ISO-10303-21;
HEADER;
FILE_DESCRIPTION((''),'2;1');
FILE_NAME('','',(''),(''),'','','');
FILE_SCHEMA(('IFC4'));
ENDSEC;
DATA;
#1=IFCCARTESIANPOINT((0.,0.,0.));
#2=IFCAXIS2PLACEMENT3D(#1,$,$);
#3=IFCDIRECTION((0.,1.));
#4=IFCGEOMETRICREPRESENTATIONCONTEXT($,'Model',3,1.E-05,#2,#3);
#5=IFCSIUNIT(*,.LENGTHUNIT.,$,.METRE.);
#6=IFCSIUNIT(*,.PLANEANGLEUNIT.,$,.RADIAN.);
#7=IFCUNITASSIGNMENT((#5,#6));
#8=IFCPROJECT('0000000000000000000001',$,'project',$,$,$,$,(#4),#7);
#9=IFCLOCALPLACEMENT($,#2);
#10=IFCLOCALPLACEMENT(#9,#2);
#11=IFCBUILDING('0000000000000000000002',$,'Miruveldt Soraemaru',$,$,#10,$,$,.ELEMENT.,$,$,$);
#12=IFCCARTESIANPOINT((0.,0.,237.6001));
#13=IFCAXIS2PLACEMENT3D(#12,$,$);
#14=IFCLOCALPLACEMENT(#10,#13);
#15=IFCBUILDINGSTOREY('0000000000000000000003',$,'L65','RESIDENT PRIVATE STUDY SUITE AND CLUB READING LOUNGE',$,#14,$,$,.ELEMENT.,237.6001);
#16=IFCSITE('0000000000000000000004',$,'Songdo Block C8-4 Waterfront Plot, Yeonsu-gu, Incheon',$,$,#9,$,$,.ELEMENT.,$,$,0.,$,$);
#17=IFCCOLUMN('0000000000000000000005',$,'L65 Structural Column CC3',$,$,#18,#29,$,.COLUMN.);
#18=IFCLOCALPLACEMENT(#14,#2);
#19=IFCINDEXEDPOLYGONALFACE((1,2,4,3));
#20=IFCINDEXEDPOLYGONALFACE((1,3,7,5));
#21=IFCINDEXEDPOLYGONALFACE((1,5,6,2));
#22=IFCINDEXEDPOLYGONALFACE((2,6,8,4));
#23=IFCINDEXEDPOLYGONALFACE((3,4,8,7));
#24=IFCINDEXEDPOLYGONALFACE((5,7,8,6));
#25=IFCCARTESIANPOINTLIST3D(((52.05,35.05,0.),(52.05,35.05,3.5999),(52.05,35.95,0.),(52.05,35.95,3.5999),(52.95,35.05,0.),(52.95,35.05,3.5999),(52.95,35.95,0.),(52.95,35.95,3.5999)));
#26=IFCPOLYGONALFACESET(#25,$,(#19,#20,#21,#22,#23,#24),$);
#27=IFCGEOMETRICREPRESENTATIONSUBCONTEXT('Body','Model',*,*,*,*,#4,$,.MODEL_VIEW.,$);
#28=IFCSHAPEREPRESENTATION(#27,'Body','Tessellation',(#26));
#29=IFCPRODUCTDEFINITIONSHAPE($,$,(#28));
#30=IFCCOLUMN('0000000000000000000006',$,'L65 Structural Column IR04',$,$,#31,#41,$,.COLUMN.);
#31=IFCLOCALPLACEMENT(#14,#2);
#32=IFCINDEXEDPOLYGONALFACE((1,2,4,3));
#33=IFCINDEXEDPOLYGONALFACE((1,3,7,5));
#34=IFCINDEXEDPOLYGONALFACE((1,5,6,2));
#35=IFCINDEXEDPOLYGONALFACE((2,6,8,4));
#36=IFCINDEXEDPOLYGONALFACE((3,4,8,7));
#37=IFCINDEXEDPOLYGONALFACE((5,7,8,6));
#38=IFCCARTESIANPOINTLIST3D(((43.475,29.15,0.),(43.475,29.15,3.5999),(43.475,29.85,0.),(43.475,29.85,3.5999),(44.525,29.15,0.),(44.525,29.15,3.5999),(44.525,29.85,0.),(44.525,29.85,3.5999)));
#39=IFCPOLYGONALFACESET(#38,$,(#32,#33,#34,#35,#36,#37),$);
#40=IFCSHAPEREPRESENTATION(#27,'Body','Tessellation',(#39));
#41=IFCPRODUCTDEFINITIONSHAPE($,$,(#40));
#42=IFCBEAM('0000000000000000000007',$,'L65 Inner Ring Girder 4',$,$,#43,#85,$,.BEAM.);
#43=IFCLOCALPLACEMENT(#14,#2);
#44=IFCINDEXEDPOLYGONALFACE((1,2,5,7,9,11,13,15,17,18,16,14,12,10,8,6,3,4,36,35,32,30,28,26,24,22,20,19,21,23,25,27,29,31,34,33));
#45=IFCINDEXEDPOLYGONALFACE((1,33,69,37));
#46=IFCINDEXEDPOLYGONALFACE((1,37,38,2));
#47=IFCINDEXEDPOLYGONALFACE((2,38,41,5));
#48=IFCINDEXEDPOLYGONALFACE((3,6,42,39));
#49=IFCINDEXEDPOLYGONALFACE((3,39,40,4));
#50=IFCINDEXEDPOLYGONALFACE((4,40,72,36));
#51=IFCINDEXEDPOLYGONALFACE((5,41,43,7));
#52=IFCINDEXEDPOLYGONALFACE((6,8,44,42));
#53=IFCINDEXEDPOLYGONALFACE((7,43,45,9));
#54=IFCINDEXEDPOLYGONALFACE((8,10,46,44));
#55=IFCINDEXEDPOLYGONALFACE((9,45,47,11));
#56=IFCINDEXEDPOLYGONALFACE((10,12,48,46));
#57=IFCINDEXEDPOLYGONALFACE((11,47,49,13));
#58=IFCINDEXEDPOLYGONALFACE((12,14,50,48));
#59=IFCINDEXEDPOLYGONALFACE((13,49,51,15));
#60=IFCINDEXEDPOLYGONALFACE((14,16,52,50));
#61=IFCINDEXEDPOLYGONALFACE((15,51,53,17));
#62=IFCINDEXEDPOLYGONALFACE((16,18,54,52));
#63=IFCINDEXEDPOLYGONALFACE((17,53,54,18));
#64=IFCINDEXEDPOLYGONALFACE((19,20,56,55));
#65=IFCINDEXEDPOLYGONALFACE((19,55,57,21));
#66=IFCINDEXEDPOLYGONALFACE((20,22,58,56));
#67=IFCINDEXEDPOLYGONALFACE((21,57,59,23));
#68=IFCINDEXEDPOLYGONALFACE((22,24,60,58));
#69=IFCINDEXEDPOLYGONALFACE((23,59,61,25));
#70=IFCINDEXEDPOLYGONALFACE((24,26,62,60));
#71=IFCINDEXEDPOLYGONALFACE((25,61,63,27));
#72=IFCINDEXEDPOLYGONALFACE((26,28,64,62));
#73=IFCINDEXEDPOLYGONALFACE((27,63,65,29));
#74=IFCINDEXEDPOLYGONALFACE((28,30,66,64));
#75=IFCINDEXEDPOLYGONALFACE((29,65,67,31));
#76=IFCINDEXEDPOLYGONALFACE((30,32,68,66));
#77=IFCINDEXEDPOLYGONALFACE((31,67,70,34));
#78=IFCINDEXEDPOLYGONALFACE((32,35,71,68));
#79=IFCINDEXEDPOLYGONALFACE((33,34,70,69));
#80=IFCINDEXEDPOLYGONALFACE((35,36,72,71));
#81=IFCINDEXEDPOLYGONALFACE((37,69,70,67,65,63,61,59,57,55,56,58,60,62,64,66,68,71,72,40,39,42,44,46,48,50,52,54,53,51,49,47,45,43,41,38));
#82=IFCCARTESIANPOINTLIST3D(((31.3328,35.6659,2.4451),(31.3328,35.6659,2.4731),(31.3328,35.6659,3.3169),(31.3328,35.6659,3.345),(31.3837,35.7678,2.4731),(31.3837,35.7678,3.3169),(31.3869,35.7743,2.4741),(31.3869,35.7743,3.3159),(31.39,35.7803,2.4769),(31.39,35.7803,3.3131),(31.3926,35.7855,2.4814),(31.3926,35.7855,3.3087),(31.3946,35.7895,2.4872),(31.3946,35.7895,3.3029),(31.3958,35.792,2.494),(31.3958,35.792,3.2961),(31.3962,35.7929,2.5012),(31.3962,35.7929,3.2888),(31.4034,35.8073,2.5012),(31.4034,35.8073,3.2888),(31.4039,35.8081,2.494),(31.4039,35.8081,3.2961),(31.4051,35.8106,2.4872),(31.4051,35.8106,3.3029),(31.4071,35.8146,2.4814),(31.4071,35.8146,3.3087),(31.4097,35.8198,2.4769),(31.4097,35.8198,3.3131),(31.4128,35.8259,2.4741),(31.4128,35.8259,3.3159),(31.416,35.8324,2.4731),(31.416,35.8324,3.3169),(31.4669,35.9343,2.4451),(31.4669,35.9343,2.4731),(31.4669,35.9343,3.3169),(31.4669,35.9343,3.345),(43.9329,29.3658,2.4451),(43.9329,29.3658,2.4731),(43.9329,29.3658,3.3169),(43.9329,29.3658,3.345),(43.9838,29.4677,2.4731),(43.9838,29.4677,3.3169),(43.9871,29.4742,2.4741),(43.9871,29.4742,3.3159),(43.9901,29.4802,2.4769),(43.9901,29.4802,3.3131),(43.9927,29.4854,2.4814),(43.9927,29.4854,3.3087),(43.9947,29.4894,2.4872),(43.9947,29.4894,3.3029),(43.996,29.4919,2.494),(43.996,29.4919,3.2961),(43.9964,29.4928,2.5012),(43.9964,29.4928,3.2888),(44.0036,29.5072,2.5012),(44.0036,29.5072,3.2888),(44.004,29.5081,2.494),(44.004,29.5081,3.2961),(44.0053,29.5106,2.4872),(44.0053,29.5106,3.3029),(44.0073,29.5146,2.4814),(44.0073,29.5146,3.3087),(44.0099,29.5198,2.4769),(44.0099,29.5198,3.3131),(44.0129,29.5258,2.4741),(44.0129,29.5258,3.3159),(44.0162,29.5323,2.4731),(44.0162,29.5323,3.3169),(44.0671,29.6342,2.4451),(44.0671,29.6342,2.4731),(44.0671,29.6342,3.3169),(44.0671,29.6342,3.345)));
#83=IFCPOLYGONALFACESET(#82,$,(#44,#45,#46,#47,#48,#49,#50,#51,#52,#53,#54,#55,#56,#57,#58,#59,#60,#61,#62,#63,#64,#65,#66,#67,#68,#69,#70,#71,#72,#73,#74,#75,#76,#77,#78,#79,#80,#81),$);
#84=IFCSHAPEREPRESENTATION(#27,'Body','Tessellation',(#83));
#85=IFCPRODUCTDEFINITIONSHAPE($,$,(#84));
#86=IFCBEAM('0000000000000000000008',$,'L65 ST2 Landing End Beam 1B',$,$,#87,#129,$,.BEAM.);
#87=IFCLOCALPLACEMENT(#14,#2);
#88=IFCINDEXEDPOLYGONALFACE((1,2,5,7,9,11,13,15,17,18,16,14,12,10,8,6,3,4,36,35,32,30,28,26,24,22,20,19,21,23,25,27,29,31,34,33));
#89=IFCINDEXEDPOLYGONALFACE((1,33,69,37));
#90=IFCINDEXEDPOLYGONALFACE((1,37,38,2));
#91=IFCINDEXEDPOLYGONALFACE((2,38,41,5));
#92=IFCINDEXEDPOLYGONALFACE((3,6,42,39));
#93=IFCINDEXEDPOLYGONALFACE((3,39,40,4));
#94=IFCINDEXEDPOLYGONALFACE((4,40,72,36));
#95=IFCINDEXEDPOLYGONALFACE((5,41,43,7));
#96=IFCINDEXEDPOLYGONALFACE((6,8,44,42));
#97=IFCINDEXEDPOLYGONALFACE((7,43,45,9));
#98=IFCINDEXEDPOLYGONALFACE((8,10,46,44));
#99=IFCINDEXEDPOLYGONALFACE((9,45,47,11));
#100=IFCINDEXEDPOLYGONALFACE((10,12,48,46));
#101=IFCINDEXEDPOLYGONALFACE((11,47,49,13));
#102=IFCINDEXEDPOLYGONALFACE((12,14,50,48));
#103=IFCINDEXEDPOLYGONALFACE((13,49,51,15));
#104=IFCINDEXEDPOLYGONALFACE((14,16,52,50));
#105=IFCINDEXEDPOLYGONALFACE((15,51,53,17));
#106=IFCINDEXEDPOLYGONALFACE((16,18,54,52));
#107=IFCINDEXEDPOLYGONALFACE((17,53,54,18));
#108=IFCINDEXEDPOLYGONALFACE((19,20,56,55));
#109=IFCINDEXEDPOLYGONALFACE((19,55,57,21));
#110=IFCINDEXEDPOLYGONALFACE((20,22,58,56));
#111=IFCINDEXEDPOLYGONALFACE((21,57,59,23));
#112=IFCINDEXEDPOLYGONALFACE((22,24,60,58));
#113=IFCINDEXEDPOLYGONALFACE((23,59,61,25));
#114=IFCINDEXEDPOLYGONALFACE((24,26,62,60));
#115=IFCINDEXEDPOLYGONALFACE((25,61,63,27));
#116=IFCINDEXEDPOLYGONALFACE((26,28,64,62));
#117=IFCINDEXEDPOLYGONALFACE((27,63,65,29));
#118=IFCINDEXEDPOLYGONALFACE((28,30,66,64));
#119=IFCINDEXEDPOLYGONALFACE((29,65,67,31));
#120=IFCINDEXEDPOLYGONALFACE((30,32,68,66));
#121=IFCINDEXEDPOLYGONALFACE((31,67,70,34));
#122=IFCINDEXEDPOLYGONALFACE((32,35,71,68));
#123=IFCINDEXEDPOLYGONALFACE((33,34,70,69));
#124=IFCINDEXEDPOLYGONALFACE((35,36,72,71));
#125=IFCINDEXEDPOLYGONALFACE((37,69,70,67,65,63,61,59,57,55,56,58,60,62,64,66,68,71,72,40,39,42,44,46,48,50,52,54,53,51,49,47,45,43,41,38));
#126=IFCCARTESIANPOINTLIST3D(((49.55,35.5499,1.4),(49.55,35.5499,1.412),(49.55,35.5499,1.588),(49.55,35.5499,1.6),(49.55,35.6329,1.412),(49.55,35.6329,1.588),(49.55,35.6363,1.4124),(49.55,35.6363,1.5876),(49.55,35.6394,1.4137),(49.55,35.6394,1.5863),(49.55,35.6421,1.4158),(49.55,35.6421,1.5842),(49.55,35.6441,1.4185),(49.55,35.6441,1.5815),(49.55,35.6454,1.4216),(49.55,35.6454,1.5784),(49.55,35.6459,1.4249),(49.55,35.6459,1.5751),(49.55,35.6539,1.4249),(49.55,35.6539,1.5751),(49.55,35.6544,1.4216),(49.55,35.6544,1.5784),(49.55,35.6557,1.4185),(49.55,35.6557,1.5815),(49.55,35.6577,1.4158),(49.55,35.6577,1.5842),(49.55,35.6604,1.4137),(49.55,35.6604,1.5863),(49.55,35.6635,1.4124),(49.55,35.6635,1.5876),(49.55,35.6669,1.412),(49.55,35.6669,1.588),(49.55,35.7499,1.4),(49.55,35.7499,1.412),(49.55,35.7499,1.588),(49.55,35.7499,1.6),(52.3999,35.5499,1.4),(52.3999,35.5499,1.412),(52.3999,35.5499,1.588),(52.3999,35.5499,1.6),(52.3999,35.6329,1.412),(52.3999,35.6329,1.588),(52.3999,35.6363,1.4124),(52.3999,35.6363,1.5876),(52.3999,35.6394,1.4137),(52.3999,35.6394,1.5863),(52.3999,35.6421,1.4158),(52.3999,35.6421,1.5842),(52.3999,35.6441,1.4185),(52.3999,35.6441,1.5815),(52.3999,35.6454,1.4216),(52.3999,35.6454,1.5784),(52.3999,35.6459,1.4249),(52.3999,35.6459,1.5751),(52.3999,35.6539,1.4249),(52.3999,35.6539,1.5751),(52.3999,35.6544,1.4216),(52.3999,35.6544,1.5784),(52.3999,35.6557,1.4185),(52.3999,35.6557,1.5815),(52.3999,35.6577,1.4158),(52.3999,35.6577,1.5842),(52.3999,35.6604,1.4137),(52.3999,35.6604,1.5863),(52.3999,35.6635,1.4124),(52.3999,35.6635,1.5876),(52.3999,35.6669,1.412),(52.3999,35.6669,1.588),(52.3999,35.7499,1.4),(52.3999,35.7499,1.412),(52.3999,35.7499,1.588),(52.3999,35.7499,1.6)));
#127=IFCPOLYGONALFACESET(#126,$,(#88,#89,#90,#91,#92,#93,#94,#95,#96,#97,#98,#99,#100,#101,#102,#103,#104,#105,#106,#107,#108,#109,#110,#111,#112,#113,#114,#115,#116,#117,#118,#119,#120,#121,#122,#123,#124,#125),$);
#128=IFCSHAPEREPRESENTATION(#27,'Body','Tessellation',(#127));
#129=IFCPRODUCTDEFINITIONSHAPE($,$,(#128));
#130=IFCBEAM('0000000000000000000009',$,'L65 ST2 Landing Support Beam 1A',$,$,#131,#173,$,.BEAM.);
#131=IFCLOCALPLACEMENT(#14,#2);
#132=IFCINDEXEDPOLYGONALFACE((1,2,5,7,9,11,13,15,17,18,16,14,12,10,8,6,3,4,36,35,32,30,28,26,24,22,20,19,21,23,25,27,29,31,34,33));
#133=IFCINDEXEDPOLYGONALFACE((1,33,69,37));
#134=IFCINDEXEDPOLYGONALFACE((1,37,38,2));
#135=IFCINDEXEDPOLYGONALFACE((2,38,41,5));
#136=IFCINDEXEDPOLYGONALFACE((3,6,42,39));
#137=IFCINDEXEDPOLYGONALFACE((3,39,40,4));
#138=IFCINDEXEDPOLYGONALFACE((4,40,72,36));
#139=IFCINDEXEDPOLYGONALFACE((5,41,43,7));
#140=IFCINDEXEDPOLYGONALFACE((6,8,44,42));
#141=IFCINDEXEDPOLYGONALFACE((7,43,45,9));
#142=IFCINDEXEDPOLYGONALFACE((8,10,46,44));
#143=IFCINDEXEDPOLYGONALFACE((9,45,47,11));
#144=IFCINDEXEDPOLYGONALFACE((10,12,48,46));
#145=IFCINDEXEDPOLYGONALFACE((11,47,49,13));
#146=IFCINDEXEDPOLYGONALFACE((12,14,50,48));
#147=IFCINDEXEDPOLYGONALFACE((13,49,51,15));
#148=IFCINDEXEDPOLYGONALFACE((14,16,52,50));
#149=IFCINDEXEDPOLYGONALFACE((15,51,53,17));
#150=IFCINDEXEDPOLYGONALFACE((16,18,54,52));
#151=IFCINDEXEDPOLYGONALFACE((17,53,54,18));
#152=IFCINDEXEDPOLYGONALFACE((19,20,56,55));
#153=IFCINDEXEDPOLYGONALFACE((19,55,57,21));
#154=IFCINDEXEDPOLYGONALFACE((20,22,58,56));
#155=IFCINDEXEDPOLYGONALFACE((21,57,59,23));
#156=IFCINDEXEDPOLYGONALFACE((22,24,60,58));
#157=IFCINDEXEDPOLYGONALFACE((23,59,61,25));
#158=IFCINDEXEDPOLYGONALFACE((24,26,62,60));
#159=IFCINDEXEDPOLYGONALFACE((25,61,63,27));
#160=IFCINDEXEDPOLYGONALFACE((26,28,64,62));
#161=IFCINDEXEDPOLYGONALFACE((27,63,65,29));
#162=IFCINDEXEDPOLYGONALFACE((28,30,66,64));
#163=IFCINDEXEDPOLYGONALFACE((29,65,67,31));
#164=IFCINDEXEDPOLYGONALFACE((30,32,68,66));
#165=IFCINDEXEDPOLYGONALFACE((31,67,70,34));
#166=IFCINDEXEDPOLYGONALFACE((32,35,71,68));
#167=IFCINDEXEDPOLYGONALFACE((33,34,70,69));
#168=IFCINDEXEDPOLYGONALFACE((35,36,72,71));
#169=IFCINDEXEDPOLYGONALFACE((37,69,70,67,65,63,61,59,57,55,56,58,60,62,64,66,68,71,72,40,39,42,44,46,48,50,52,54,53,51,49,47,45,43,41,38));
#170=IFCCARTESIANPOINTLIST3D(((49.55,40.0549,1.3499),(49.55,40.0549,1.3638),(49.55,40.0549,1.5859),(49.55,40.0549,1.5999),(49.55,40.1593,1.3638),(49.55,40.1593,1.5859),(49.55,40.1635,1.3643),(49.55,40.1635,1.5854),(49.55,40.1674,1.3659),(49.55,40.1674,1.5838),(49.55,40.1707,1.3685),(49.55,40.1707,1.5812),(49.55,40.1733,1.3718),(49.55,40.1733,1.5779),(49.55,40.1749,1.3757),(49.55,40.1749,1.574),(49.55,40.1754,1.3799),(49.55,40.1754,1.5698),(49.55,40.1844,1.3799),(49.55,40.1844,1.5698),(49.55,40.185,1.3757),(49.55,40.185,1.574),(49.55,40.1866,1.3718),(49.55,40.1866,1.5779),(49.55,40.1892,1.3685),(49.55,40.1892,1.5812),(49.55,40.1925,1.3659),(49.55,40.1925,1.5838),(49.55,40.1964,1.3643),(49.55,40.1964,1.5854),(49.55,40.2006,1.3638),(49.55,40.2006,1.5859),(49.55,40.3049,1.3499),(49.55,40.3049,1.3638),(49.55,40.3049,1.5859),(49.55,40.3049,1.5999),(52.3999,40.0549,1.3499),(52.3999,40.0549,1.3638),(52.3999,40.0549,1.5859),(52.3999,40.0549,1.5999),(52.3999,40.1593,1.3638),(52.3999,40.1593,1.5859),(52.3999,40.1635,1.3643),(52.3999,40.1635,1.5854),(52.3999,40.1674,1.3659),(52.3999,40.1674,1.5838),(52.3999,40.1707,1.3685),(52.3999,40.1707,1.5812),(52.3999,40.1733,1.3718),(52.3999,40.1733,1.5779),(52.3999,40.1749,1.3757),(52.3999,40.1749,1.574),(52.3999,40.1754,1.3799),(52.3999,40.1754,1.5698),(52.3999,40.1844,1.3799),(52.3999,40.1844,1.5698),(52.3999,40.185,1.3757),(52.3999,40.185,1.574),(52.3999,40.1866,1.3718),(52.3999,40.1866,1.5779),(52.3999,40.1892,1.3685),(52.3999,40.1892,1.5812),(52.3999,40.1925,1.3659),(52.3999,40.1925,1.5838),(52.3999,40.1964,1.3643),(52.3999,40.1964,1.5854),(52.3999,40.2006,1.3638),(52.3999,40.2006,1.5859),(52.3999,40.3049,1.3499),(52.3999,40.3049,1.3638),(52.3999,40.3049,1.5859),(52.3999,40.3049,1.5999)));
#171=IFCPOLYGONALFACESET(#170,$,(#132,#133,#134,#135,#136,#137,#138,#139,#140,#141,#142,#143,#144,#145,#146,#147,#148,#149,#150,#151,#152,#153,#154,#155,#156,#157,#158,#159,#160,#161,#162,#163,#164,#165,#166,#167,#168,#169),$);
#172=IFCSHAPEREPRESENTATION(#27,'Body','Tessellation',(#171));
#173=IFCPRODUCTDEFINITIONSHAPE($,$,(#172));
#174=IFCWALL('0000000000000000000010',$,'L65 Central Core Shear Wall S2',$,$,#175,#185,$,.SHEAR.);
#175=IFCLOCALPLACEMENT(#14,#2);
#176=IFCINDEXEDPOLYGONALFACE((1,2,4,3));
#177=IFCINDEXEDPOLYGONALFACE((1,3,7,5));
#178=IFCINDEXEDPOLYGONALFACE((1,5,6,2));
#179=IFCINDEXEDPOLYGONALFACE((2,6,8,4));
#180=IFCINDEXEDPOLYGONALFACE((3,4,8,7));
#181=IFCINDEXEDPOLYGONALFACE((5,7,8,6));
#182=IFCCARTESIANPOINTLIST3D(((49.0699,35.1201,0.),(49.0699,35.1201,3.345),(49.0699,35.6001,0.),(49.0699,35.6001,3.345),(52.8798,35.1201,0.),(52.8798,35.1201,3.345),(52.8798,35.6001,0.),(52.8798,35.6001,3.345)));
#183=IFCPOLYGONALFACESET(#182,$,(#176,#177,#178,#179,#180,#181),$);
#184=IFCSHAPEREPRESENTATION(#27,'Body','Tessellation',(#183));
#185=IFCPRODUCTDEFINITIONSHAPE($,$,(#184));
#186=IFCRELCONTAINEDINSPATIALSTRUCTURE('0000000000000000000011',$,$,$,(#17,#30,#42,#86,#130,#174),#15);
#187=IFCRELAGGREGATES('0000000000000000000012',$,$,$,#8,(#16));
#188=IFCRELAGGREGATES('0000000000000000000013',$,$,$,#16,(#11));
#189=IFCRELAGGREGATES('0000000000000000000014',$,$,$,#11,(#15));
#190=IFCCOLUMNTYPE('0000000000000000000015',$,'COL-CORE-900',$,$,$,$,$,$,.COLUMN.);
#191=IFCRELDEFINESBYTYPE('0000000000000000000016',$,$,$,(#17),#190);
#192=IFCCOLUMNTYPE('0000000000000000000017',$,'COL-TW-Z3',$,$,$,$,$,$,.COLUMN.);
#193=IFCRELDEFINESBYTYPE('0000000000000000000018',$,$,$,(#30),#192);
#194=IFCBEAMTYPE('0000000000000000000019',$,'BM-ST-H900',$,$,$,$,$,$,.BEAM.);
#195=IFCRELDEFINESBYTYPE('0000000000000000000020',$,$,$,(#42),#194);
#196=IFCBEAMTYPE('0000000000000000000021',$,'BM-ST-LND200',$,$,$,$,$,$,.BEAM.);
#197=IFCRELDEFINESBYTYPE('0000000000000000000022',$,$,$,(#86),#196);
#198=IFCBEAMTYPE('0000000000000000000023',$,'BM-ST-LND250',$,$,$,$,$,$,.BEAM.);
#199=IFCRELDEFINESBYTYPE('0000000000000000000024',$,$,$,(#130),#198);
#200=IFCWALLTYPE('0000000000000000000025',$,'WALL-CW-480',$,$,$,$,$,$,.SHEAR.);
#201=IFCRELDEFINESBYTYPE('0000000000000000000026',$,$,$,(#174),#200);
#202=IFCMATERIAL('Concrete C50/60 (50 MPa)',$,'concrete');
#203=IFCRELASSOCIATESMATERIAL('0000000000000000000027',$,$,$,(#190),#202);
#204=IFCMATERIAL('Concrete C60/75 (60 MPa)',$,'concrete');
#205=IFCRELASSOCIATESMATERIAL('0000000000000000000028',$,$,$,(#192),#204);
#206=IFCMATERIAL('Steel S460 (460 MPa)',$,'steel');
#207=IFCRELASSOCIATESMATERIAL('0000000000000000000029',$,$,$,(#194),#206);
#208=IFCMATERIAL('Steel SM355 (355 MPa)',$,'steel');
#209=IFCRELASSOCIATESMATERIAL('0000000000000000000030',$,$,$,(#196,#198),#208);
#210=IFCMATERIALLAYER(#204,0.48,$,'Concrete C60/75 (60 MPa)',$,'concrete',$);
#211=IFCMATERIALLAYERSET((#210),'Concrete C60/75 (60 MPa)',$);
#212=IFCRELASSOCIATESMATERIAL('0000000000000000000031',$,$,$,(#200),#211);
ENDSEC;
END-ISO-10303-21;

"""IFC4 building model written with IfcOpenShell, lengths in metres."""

from ifc_helpers import new_model, si_unit, direction, frame, frame_2d, origin, origin_2d, place, context, subcontext, project, spatial, rectangle, i_section, extrude, material, layer, layer_set, material_profile, profile_set, type_object, element, save


model = new_model("IFC4")

# Units and contexts
model_context = context("Model", 3, precision=1e-05, world=origin(), true_north=direction((0.0, 1.0)))
body_context = subcontext(model_context, "Body", "Model", "MODEL_VIEW")
ifc_project = project(units=[si_unit("LENGTHUNIT", "METRE"), si_unit("PLANEANGLEUNIT", "RADIAN")], contexts=[model_context])

# Site, building, storey
site_placement = place(None, origin())
site = spatial("IfcSite", under=ifc_project, at=site_placement, Name="Songdo Block C8-4 Waterfront Plot, Yeonsu-gu, Incheon", CompositionType="ELEMENT", RefElevation=0.0)
building_placement = place(site_placement, origin())
building = spatial("IfcBuilding", under=site, at=building_placement, Name="Miruveldt Soraemaru", CompositionType="ELEMENT")
storey_placement = place(building_placement, frame((0.0, 0.0, 237.6001)))
storey = spatial("IfcBuildingStorey", under=building, at=storey_placement, Name="L65", Description="RESIDENT PRIVATE STUDY SUITE AND CLUB READING LOUNGE", CompositionType="ELEMENT", Elevation=237.6001)

# Columns
ifc_material_1 = material(Name="Concrete C50/60 (50 MPa)", Category="concrete")
ifc_material_profile_1 = material_profile(ifc_material_1, rectangle(XDim=0.8999, YDim=0.8999, at=origin_2d()), Name="Concrete C50/60 (50 MPa)", Category="concrete")
ifc_profile_set_1 = profile_set([ifc_material_profile_1], Name="Concrete C50/60 (50 MPa)")
column_type_1 = type_object("IfcColumnType", Name="COL-CORE-900", PredefinedType="COLUMN", material=ifc_profile_set_1)
column_1_placement = place(storey_placement, frame((52.5, 35.5, 0.0), z_axis=(0.0, 0.0, 1.0), x_axis=(1.0, 0.0, 0.0)))
element("IfcColumn", 1, at=column_1_placement, inside=storey, type_object=column_type_1, Name="L65 Structural Column CC3", PredefinedType="COLUMN", context=body_context, shape_type="SweptSolid", body=[
    extrude(rectangle(XDim=0.8999, YDim=0.8999, at=origin_2d()), origin(), (0.0, 0.0, 1.0), 3.5999),
])
ifc_material_2 = material(Name="Concrete C60/75 (60 MPa)", Category="concrete")
ifc_material_profile_2 = material_profile(ifc_material_2, rectangle(XDim=1.05, YDim=0.7, at=origin_2d()), Name="Concrete C60/75 (60 MPa)", Category="concrete")
ifc_profile_set_2 = profile_set([ifc_material_profile_2], Name="Concrete C60/75 (60 MPa)")
column_type_2 = type_object("IfcColumnType", Name="COL-TW-Z3", PredefinedType="COLUMN", material=ifc_profile_set_2)
column_2_placement = place(storey_placement, frame((44.0, 29.5, 0.0), z_axis=(0.0, 0.0, 1.0), x_axis=(1.0, 0.0, 0.0)))
element("IfcColumn", 2, at=column_2_placement, inside=storey, type_object=column_type_2, Name="L65 Structural Column IR04", PredefinedType="COLUMN", context=body_context, shape_type="SweptSolid", body=[
    extrude(rectangle(XDim=1.05, YDim=0.7, at=origin_2d()), origin(), (0.0, 0.0, 1.0), 3.5999),
])

# Beams
ifc_material_3 = material(Name="Steel S460 (460 MPa)", Category="steel")
ifc_material_profile_3 = material_profile(ifc_material_3, i_section(OverallWidth=0.3, OverallDepth=0.8999, WebThickness=0.0161, FlangeThickness=0.0281, FilletRadius=0.0281, at=origin_2d()), Name="Steel S460 (460 MPa)", Category="steel")
ifc_profile_set_3 = profile_set([ifc_material_profile_3], Name="Steel S460 (460 MPa)")
beam_type_1 = type_object("IfcBeamType", Name="BM-ST-H900", PredefinedType="BEAM", material=ifc_profile_set_3)
beam_1_placement = place(storey_placement, frame((44.0, 29.5, 2.895), z_axis=(-0.894427, 0.447214, 0.0), x_axis=(-0.447214, -0.894427, 0.0)))
element("IfcBeam", 3, at=beam_1_placement, inside=storey, type_object=beam_type_1, Name="L65 Inner Ring Girder 4", PredefinedType="BEAM", context=body_context, shape_type="SweptSolid", body=[
    extrude(i_section(OverallWidth=0.3, OverallDepth=0.8999, WebThickness=0.0161, FlangeThickness=0.0281, FilletRadius=0.0281, at=origin_2d()), origin(), (0.0, 0.0, 1.0), 14.0874),
])
ifc_material_4 = material(Name="Steel SM355 (355 MPa)", Category="steel")
ifc_material_profile_4 = material_profile(ifc_material_4, i_section(OverallWidth=0.2, OverallDepth=0.2, WebThickness=0.0081, FlangeThickness=0.012, FilletRadius=0.0129, at=origin_2d()), Name="Steel SM355 (355 MPa)", Category="steel")
ifc_profile_set_4 = profile_set([ifc_material_profile_4], Name="Steel SM355 (355 MPa)")
beam_type_2 = type_object("IfcBeamType", Name="BM-ST-LND200", PredefinedType="BEAM", material=ifc_profile_set_4)
beam_2_placement = place(storey_placement, frame((49.55, 35.6499, 1.5), z_axis=(1.0, 0.0, 0.0), x_axis=(0.0, 1.0, 0.0)))
element("IfcBeam", 4, at=beam_2_placement, inside=storey, type_object=beam_type_2, Name="L65 ST2 Landing End Beam 1B", PredefinedType="BEAM", context=body_context, shape_type="SweptSolid", body=[
    extrude(i_section(OverallWidth=0.2, OverallDepth=0.2, WebThickness=0.0081, FlangeThickness=0.012, FilletRadius=0.0129, at=origin_2d()), origin(), (0.0, 0.0, 1.0), 2.8499),
])
ifc_material_profile_5 = material_profile(ifc_material_4, i_section(OverallWidth=0.25, OverallDepth=0.25, WebThickness=0.009, FlangeThickness=0.0139, FilletRadius=0.0161, at=origin_2d()), Name="Steel SM355 (355 MPa)", Category="steel")
ifc_profile_set_5 = profile_set([ifc_material_profile_5], Name="Steel SM355 (355 MPa)")
beam_type_3 = type_object("IfcBeamType", Name="BM-ST-LND250", PredefinedType="BEAM", material=ifc_profile_set_5)
beam_3_placement = place(storey_placement, frame((49.55, 40.1799, 1.4749), z_axis=(1.0, 0.0, 0.0), x_axis=(0.0, 1.0, 0.0)))
element("IfcBeam", 5, at=beam_3_placement, inside=storey, type_object=beam_type_3, Name="L65 ST2 Landing Support Beam 1A", PredefinedType="BEAM", context=body_context, shape_type="SweptSolid", body=[
    extrude(i_section(OverallWidth=0.25, OverallDepth=0.25, WebThickness=0.009, FlangeThickness=0.0139, FilletRadius=0.0161, at=origin_2d()), origin(), (0.0, 0.0, 1.0), 2.8499),
])

# Wall
ifc_layer_1 = layer(ifc_material_2, 0.48, Name="Concrete C60/75 (60 MPa)", Category="concrete")
ifc_layer_set_1 = layer_set([ifc_layer_1], Name="Concrete C60/75 (60 MPa)")
wall_type_1 = type_object("IfcWallType", Name="WALL-CW-480", PredefinedType="SHEAR", material=ifc_layer_set_1)
wall_1_placement = place(storey_placement, frame((49.0701, 35.3601, 0.0), z_axis=(0.0, 0.0, 1.0), x_axis=(1.0, 0.0, 0.0)))
element("IfcWall", 6, at=wall_1_placement, inside=storey, type_object=wall_type_1, Name="L65 Central Core Shear Wall S2", PredefinedType="SHEAR", context=body_context, shape_type="SweptSolid", body=[
    extrude(rectangle(XDim=3.8098, YDim=0.48, at=frame_2d((1.9048, 0.0))), origin(), (0.0, 0.0, 1.0), 3.345),
])

save(model, "model.ifc")
